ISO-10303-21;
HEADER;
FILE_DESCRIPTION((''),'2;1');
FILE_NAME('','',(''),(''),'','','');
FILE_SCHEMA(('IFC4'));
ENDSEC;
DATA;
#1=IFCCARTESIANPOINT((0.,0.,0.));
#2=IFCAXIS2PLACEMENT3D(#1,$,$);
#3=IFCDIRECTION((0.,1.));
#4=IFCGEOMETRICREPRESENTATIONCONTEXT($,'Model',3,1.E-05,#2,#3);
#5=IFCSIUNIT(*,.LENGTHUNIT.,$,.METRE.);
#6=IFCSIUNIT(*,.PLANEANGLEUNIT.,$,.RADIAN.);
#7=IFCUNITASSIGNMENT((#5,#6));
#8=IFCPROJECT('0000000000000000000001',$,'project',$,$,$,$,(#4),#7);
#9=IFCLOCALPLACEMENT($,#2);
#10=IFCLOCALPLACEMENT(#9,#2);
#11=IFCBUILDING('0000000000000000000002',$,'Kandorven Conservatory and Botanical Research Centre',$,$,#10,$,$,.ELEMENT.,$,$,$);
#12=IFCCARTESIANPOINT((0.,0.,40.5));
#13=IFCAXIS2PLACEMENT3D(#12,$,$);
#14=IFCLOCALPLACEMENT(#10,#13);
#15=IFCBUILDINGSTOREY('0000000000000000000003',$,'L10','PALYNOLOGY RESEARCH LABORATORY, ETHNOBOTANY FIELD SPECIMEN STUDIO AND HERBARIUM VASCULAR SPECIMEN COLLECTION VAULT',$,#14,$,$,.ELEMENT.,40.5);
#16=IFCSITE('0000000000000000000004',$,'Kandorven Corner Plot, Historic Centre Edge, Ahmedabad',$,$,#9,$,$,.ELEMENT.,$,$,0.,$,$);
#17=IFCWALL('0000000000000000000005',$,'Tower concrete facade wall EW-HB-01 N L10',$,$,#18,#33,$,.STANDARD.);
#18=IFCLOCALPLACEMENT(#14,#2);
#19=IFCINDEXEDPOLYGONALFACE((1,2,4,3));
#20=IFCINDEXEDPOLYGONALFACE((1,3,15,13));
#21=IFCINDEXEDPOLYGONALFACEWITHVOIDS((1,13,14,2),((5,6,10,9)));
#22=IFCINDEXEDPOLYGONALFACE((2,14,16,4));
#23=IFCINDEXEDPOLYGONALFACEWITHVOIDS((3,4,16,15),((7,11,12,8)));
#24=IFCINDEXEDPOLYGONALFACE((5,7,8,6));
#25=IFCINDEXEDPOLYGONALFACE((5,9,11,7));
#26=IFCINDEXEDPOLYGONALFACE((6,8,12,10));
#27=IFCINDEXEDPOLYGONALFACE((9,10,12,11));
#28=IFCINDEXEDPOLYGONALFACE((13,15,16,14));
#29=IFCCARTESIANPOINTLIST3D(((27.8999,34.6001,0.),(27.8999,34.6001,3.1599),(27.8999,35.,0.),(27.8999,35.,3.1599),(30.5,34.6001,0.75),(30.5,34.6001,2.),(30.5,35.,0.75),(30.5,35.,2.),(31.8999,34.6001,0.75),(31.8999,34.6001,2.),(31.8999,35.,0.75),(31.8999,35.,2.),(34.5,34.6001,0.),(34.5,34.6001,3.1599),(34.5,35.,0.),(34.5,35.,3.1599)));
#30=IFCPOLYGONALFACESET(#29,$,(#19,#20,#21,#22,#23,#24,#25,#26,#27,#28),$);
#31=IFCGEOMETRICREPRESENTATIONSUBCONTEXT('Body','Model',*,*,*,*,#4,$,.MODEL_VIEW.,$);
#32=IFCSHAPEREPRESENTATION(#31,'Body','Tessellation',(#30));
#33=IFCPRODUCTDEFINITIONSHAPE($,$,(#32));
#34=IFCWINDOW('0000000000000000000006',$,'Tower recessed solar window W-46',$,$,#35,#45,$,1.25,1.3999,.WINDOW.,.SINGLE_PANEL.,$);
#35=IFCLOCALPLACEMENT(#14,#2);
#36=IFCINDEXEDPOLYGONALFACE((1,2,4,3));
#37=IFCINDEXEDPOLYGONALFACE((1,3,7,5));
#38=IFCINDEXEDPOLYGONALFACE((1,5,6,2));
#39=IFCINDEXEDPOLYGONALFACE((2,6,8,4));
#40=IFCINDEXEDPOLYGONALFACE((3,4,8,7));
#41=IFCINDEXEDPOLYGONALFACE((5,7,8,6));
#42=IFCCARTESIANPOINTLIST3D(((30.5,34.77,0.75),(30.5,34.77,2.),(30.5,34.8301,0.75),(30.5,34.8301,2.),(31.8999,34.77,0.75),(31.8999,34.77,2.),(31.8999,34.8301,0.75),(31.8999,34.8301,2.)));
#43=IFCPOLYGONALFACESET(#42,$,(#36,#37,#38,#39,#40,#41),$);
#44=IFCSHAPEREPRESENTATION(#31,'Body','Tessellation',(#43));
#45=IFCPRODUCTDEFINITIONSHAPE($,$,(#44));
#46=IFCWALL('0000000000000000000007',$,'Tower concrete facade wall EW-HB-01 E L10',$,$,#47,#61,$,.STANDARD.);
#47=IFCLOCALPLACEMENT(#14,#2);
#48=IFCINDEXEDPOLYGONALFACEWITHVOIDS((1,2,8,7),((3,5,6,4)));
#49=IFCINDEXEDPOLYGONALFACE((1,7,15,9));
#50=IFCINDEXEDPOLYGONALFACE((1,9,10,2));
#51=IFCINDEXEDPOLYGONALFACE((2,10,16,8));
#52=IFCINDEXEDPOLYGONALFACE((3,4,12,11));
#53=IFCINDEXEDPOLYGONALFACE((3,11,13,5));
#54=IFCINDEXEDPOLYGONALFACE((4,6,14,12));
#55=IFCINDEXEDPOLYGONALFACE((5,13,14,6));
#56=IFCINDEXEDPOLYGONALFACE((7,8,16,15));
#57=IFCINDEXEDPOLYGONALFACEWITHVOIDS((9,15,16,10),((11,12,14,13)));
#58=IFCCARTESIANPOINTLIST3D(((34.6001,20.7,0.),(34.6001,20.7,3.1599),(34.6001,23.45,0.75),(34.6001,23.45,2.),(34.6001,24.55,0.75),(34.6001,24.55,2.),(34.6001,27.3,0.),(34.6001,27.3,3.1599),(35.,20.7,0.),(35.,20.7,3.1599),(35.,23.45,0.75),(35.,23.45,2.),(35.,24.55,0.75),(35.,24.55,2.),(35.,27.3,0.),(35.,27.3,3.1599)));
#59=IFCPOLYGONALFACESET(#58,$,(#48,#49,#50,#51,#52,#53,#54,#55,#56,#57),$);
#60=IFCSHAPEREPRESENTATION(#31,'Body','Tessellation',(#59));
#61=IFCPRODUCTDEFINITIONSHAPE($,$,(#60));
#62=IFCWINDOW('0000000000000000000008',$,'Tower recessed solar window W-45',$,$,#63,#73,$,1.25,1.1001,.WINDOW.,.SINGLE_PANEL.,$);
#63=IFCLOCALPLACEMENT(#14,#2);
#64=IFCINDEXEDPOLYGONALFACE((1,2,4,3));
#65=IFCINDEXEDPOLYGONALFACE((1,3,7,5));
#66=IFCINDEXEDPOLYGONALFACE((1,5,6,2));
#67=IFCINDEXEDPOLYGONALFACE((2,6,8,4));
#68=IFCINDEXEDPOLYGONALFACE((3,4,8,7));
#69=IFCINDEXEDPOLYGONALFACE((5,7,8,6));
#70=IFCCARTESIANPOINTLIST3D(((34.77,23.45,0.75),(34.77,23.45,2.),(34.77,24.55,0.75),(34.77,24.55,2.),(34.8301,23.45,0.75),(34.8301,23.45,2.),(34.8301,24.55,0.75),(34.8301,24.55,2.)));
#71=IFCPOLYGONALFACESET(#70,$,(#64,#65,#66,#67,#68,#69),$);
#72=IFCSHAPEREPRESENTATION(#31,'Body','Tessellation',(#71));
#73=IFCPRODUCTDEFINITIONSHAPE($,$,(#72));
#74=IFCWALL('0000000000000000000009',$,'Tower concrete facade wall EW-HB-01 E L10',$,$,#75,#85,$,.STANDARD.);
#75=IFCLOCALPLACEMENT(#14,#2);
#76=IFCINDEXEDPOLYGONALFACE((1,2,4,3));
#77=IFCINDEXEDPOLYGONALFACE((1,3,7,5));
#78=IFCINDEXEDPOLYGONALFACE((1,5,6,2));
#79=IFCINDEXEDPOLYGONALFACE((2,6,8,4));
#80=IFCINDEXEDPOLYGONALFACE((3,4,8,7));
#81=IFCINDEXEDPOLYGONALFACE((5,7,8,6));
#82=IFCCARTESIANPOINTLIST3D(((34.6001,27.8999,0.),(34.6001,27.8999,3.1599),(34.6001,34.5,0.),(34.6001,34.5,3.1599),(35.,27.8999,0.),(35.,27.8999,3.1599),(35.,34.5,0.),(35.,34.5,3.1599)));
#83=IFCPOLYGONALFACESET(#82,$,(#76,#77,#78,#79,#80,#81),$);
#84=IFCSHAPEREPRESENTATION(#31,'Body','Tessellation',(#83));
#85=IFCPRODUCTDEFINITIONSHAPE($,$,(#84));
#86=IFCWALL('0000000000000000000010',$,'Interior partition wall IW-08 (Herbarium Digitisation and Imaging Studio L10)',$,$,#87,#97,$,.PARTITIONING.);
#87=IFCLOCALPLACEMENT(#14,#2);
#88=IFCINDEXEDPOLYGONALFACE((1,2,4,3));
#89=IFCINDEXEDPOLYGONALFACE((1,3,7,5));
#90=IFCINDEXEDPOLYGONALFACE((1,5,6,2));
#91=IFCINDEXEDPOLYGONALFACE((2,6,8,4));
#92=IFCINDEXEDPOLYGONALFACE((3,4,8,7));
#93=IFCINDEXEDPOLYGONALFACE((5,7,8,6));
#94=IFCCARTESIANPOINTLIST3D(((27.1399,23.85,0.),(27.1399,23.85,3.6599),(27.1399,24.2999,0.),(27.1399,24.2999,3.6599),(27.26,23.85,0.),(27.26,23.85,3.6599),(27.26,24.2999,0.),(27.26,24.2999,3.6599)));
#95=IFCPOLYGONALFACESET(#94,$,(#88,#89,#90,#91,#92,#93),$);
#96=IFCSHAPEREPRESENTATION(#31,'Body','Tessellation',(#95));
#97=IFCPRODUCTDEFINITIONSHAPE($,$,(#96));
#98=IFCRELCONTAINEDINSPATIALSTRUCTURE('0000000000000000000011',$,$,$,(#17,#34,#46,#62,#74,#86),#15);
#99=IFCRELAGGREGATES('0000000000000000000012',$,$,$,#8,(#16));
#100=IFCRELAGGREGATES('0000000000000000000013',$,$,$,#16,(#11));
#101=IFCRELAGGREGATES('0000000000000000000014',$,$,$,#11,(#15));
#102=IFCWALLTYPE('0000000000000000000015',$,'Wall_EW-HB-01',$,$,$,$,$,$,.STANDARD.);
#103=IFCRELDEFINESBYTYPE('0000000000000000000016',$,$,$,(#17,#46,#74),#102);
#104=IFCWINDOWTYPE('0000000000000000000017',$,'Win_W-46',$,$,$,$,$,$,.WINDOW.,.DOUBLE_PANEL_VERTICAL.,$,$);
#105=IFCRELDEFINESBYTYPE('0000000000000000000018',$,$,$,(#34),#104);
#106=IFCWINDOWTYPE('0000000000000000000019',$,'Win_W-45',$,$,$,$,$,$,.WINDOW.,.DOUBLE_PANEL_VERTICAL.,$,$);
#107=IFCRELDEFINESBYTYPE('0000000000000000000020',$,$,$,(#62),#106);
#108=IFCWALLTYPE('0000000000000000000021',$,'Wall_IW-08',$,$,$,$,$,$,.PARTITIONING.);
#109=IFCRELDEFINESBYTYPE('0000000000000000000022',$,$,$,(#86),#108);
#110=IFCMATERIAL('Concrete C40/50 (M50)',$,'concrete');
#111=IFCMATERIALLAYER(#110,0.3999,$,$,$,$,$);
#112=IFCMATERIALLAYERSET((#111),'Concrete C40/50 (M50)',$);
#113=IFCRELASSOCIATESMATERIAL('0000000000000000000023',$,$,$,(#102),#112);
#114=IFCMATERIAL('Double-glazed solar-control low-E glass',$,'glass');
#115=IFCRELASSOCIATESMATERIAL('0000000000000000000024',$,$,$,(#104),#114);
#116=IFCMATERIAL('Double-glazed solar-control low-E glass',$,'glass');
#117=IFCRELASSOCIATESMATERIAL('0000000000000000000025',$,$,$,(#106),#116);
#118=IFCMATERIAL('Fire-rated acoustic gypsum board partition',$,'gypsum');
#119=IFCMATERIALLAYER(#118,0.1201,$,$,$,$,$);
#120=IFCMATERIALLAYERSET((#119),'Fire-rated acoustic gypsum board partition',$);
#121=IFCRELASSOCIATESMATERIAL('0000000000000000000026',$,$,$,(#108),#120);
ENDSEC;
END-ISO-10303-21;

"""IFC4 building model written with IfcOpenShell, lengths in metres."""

from ifc_helpers import new_model, si_unit, direction, frame, frame_2d, origin, place, context, subcontext, project, spatial, rectangle, extrude, material, layer, layer_set, type_object, element, fill, save


model = new_model("IFC4")

# Units and contexts
model_context = context("Model", 3, precision=1e-05, world=origin(), true_north=direction((0.0, 1.0)))
body_context = subcontext(model_context, "Body", "Model", "MODEL_VIEW")
ifc_project = project(units=[si_unit("LENGTHUNIT", "METRE"), si_unit("PLANEANGLEUNIT", "RADIAN")], contexts=[model_context])

# Site, building, storey
site_placement = place(None, origin())
site = spatial("IfcSite", under=ifc_project, at=site_placement, Name="Kandorven Corner Plot, Historic Centre Edge, Ahmedabad", CompositionType="ELEMENT", RefElevation=0.0)
building_placement = place(site_placement, origin())
building = spatial("IfcBuilding", under=site, at=building_placement, Name="Kandorven Conservatory and Botanical Research Centre", CompositionType="ELEMENT")
storey_placement = place(building_placement, frame((0.0, 0.0, 40.5)))
storey = spatial("IfcBuildingStorey", under=building, at=storey_placement, Name="L10", Description="PALYNOLOGY RESEARCH LABORATORY, ETHNOBOTANY FIELD SPECIMEN STUDIO AND HERBARIUM VASCULAR SPECIMEN COLLECTION VAULT", CompositionType="ELEMENT", Elevation=40.5)

# Walls, openings, windows
ifc_material_1 = material(Name="Concrete C40/50 (M50)", Category="concrete")
ifc_layer_1 = layer(ifc_material_1, 0.3999)
ifc_layer_set_1 = layer_set([ifc_layer_1], Name="Concrete C40/50 (M50)")
wall_type_1 = type_object("IfcWallType", Name="Wall_EW-HB-01", PredefinedType="STANDARD", material=ifc_layer_set_1)
wall_1_placement = place(storey_placement, frame((27.8999, 34.8, 0.0), z_axis=(0.0, 0.0, 1.0), x_axis=(1.0, 0.0, 0.0)))
wall_1 = element("IfcWall", 1, at=wall_1_placement, inside=storey, type_object=wall_type_1, Name="Tower concrete facade wall EW-HB-01 N L10", PredefinedType="STANDARD", context=body_context, shape_type="SweptSolid", body=[
    extrude(rectangle(XDim=6.6001, YDim=0.3999, at=frame_2d((3.3, 0.0))), origin(), (0.0, 0.0, 1.0), 3.1599),
])
opening_1_placement = place(wall_1_placement, frame((2.6001, 0.0, 0.75)))
opening_1 = element("IfcOpeningElement", 2, at=opening_1_placement, cuts=wall_1, PredefinedType="OPENING", context=body_context, shape_type="SweptSolid", body=[
    extrude(rectangle(XDim=1.3999, YDim=1.25, at=frame_2d((0.7, 0.625))), frame((0.0, 0.21, 0.0), z_axis=(0.0, -1.0, 0.0), x_axis=(1.0, 0.0, 0.0)), (0.0, 0.0, 1.0), 0.4199),
])
ifc_material_2 = material(Name="Double-glazed solar-control low-E glass", Category="glass")
window_type_1 = type_object("IfcWindowType", Name="Win_W-46", PartitioningType="DOUBLE_PANEL_VERTICAL", PredefinedType="WINDOW", material=ifc_material_2)
window_1_placement = place(opening_1_placement, origin())
window_1 = element("IfcWindow", 3, at=window_1_placement, inside=storey, type_object=window_type_1, Name="Tower recessed solar window W-46", OverallHeight=1.25, OverallWidth=1.3999, PartitioningType="SINGLE_PANEL", PredefinedType="WINDOW", context=body_context, shape_type="SweptSolid", body=[
    extrude(rectangle(XDim=1.3999, YDim=1.25, at=frame_2d((0.7, 0.625))), frame((0.0, 0.03, 0.0), z_axis=(0.0, -1.0, 0.0), x_axis=(1.0, 0.0, 0.0)), (0.0, 0.0, 1.0), 0.0601),
])
fill(opening_1, window_1)
wall_2_placement = place(storey_placement, frame((34.8, 20.7, 0.0), z_axis=(0.0, 0.0, 1.0), x_axis=(0.0, 1.0, 0.0)))
wall_2 = element("IfcWall", 4, at=wall_2_placement, inside=storey, type_object=wall_type_1, Name="Tower concrete facade wall EW-HB-01 E L10", PredefinedType="STANDARD", context=body_context, shape_type="SweptSolid", body=[
    extrude(rectangle(XDim=6.6001, YDim=0.3999, at=frame_2d((3.3, 0.0))), origin(), (0.0, 0.0, 1.0), 3.1599),
])
opening_2_placement = place(wall_2_placement, frame((2.75, 0.0, 0.75)))
opening_2 = element("IfcOpeningElement", 5, at=opening_2_placement, cuts=wall_2, PredefinedType="OPENING", context=body_context, shape_type="SweptSolid", body=[
    extrude(rectangle(XDim=1.1001, YDim=1.25, at=frame_2d((0.55, 0.625))), frame((0.0, 0.21, 0.0), z_axis=(0.0, -1.0, 0.0), x_axis=(1.0, 0.0, 0.0)), (0.0, 0.0, 1.0), 0.4199),
])
ifc_material_3 = material(Name="Double-glazed solar-control low-E glass", Category="glass")
window_type_2 = type_object("IfcWindowType", Name="Win_W-45", PartitioningType="DOUBLE_PANEL_VERTICAL", PredefinedType="WINDOW", material=ifc_material_3)
window_2_placement = place(opening_2_placement, origin())
window_2 = element("IfcWindow", 6, at=window_2_placement, inside=storey, type_object=window_type_2, Name="Tower recessed solar window W-45", OverallHeight=1.25, OverallWidth=1.1001, PartitioningType="SINGLE_PANEL", PredefinedType="WINDOW", context=body_context, shape_type="SweptSolid", body=[
    extrude(rectangle(XDim=1.1001, YDim=1.25, at=frame_2d((0.55, 0.625))), frame((0.0, 0.03, 0.0), z_axis=(0.0, -1.0, 0.0), x_axis=(1.0, 0.0, 0.0)), (0.0, 0.0, 1.0), 0.0601),
])
fill(opening_2, window_2)

# Walls
wall_3_placement = place(storey_placement, frame((34.8, 27.8999, 0.0), z_axis=(0.0, 0.0, 1.0), x_axis=(0.0, 1.0, 0.0)))
element("IfcWall", 7, at=wall_3_placement, inside=storey, type_object=wall_type_1, Name="Tower concrete facade wall EW-HB-01 E L10", PredefinedType="STANDARD", context=body_context, shape_type="SweptSolid", body=[
    extrude(rectangle(XDim=6.6001, YDim=0.3999, at=frame_2d((3.3, 0.0))), origin(), (0.0, 0.0, 1.0), 3.1599),
])
ifc_material_4 = material(Name="Fire-rated acoustic gypsum board partition", Category="gypsum")
ifc_layer_2 = layer(ifc_material_4, 0.1201)
ifc_layer_set_2 = layer_set([ifc_layer_2], Name="Fire-rated acoustic gypsum board partition")
wall_type_2 = type_object("IfcWallType", Name="Wall_IW-08", PredefinedType="PARTITIONING", material=ifc_layer_set_2)
wall_4_placement = place(storey_placement, frame((27.2, 24.3, 0.0), z_axis=(0.0, 0.0, 1.0), x_axis=(0.0, -1.0, 0.0)))
element("IfcWall", 8, at=wall_4_placement, inside=storey, type_object=wall_type_2, Name="Interior partition wall IW-08 (Herbarium Digitisation and Imaging Studio L10)", PredefinedType="PARTITIONING", context=body_context, shape_type="SweptSolid", body=[
    extrude(rectangle(XDim=0.45, YDim=0.1201, at=frame_2d((0.2251, 0.0))), origin(), (0.0, 0.0, 1.0), 3.6599),
])

save(model, "model.ifc")
